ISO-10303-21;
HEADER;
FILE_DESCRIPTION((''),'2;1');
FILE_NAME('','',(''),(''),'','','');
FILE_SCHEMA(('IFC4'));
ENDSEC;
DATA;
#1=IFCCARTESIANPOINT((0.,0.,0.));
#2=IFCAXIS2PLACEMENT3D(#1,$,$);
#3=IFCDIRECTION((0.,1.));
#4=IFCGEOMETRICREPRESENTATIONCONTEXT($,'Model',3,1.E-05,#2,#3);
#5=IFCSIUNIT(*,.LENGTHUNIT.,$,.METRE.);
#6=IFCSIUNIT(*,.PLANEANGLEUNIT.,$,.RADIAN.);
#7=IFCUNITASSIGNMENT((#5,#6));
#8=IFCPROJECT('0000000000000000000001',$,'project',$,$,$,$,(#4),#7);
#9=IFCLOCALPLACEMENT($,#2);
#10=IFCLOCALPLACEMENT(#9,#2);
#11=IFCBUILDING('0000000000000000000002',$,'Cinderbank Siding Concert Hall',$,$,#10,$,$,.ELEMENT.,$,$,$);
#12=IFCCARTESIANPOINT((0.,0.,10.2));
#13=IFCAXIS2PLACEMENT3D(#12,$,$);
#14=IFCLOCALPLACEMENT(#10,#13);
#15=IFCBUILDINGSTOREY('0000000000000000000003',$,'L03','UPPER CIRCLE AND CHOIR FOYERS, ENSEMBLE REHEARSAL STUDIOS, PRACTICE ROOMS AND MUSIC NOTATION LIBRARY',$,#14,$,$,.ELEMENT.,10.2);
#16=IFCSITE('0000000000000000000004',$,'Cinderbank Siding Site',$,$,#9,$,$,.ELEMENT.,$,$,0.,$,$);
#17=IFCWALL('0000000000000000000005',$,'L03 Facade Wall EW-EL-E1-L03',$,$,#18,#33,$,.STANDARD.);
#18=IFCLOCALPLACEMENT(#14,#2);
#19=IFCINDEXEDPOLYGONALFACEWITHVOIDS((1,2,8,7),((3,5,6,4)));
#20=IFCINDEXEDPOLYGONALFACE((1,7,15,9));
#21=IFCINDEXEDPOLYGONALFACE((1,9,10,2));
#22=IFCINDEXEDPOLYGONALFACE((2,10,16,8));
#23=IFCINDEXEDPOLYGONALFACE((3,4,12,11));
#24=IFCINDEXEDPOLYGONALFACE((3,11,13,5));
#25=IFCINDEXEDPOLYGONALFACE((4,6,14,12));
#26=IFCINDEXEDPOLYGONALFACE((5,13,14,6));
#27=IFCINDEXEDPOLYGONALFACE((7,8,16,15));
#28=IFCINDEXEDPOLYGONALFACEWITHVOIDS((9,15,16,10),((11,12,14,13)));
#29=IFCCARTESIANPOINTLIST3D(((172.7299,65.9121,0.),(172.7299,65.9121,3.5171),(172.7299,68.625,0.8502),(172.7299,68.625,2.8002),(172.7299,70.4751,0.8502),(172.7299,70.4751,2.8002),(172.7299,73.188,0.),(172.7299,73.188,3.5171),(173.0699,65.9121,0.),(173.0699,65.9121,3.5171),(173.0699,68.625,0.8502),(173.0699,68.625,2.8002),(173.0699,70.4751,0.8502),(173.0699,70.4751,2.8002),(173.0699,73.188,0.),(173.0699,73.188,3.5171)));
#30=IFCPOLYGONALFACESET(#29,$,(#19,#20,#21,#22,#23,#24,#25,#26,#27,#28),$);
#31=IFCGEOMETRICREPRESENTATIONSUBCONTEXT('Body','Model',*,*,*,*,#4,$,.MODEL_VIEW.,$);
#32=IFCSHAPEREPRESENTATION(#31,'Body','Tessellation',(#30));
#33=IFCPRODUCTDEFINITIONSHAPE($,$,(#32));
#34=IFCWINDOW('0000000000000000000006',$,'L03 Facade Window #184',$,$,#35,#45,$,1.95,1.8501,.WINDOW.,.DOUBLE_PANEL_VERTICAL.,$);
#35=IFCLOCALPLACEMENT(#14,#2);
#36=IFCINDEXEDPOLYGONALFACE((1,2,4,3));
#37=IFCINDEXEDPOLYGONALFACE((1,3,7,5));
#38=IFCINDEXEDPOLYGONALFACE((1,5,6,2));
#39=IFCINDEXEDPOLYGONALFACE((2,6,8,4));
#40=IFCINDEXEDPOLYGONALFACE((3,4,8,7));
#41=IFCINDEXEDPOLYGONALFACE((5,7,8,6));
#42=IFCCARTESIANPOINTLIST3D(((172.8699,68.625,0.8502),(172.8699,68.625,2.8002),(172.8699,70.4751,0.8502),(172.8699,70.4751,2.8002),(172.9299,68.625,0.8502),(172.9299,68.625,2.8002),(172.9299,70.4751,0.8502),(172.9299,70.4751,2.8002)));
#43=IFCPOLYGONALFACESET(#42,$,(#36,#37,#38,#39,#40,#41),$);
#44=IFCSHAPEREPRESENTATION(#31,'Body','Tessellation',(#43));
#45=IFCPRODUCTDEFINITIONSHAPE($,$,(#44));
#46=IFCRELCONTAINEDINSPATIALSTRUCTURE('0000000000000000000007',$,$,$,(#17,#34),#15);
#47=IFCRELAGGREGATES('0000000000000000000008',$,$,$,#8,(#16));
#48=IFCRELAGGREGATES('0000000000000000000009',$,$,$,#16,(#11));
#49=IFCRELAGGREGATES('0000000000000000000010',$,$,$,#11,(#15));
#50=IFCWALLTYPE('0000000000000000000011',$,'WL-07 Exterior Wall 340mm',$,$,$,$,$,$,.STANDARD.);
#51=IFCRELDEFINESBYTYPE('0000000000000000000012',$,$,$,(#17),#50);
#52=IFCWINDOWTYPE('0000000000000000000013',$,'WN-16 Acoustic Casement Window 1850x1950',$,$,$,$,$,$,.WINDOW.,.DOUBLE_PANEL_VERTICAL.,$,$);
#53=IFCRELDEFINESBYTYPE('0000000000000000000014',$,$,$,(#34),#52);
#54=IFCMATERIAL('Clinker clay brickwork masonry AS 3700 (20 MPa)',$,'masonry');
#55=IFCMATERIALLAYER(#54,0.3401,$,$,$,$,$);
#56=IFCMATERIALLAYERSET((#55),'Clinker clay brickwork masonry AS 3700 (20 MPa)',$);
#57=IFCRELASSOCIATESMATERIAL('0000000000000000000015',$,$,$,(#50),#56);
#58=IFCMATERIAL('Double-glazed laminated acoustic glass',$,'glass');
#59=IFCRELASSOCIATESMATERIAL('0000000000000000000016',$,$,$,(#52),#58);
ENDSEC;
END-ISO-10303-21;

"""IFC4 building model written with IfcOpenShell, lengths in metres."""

from ifc_helpers import new_model, si_unit, direction, frame, frame_2d, origin, place, context, subcontext, project, spatial, rectangle, extrude, material, layer, layer_set, type_object, element, fill, save


model = new_model("IFC4")

# Units and contexts
model_context = context("Model", 3, precision=1e-05, world=origin(), true_north=direction((0.0, 1.0)))
body_context = subcontext(model_context, "Body", "Model", "MODEL_VIEW")
ifc_project = project(units=[si_unit("LENGTHUNIT", "METRE"), si_unit("PLANEANGLEUNIT", "RADIAN")], contexts=[model_context])

# Site, building, storey
site_placement = place(None, origin())
site = spatial("IfcSite", under=ifc_project, at=site_placement, Name="Cinderbank Siding Site", CompositionType="ELEMENT", RefElevation=0.0)
building_placement = place(site_placement, origin())
building = spatial("IfcBuilding", under=site, at=building_placement, Name="Cinderbank Siding Concert Hall", CompositionType="ELEMENT")
storey_placement = place(building_placement, frame((0.0, 0.0, 10.2)))
storey = spatial("IfcBuildingStorey", under=building, at=storey_placement, Name="L03", Description="UPPER CIRCLE AND CHOIR FOYERS, ENSEMBLE REHEARSAL STUDIOS, PRACTICE ROOMS AND MUSIC NOTATION LIBRARY", CompositionType="ELEMENT", Elevation=10.2)

# Wall, opening, window
ifc_material_1 = material(Name="Clinker clay brickwork masonry AS 3700 (20 MPa)", Category="masonry")
ifc_layer_1 = layer(ifc_material_1, 0.3401)
ifc_layer_set_1 = layer_set([ifc_layer_1], Name="Clinker clay brickwork masonry AS 3700 (20 MPa)")
wall_type_1 = type_object("IfcWallType", Name="WL-07 Exterior Wall 340mm", PredefinedType="STANDARD", material=ifc_layer_set_1)
ifc_material_2 = material(Name="Double-glazed laminated acoustic glass", Category="glass")
wall_1_placement = place(storey_placement, frame((172.8999, 73.188, 0.0), z_axis=(0.0, 0.0, 1.0), x_axis=(0.0, -1.0, 0.0)))
wall_1 = element("IfcWall", 1, at=wall_1_placement, inside=storey, type_object=wall_type_1, Name="L03 Facade Wall EW-EL-E1-L03", PredefinedType="STANDARD", context=body_context, shape_type="SweptSolid", body=[
    extrude(rectangle(XDim=7.2759, YDim=0.3401, at=frame_2d((3.6379, 0.0))), origin(), (0.0, 0.0, 1.0), 3.5171),
])
opening_1_placement = place(wall_1_placement, frame((2.7129, 0.0, 0.8501)))
opening_1 = element("IfcOpeningElement", 2, at=opening_1_placement, cuts=wall_1, PredefinedType="OPENING", context=body_context, shape_type="SweptSolid", body=[
    extrude(rectangle(XDim=1.8501, YDim=1.95, at=frame_2d((0.925, 0.9751))), frame((0.0, 0.1821, 0.0), z_axis=(0.0, -1.0, 0.0), x_axis=(1.0, 0.0, 0.0)), (0.0, 0.0, 1.0), 0.364),
])
window_type_1 = type_object("IfcWindowType", Name="WN-16 Acoustic Casement Window 1850x1950", PartitioningType="DOUBLE_PANEL_VERTICAL", PredefinedType="WINDOW", material=ifc_material_2)
window_1_placement = place(opening_1_placement, origin())
window_1 = element("IfcWindow", 3, at=window_1_placement, inside=storey, type_object=window_type_1, Name="L03 Facade Window #184", OverallHeight=1.95, OverallWidth=1.8501, PartitioningType="DOUBLE_PANEL_VERTICAL", PredefinedType="WINDOW", context=body_context, shape_type="SweptSolid", body=[
    extrude(rectangle(XDim=1.8501, YDim=1.95, at=frame_2d((0.925, 0.9751))), frame((0.0, 0.03, 0.0), z_axis=(0.0, -1.0, 0.0), x_axis=(1.0, 0.0, 0.0)), (0.0, 0.0, 1.0), 0.0601),
])
fill(opening_1, window_1)

save(model, "model.ifc")
